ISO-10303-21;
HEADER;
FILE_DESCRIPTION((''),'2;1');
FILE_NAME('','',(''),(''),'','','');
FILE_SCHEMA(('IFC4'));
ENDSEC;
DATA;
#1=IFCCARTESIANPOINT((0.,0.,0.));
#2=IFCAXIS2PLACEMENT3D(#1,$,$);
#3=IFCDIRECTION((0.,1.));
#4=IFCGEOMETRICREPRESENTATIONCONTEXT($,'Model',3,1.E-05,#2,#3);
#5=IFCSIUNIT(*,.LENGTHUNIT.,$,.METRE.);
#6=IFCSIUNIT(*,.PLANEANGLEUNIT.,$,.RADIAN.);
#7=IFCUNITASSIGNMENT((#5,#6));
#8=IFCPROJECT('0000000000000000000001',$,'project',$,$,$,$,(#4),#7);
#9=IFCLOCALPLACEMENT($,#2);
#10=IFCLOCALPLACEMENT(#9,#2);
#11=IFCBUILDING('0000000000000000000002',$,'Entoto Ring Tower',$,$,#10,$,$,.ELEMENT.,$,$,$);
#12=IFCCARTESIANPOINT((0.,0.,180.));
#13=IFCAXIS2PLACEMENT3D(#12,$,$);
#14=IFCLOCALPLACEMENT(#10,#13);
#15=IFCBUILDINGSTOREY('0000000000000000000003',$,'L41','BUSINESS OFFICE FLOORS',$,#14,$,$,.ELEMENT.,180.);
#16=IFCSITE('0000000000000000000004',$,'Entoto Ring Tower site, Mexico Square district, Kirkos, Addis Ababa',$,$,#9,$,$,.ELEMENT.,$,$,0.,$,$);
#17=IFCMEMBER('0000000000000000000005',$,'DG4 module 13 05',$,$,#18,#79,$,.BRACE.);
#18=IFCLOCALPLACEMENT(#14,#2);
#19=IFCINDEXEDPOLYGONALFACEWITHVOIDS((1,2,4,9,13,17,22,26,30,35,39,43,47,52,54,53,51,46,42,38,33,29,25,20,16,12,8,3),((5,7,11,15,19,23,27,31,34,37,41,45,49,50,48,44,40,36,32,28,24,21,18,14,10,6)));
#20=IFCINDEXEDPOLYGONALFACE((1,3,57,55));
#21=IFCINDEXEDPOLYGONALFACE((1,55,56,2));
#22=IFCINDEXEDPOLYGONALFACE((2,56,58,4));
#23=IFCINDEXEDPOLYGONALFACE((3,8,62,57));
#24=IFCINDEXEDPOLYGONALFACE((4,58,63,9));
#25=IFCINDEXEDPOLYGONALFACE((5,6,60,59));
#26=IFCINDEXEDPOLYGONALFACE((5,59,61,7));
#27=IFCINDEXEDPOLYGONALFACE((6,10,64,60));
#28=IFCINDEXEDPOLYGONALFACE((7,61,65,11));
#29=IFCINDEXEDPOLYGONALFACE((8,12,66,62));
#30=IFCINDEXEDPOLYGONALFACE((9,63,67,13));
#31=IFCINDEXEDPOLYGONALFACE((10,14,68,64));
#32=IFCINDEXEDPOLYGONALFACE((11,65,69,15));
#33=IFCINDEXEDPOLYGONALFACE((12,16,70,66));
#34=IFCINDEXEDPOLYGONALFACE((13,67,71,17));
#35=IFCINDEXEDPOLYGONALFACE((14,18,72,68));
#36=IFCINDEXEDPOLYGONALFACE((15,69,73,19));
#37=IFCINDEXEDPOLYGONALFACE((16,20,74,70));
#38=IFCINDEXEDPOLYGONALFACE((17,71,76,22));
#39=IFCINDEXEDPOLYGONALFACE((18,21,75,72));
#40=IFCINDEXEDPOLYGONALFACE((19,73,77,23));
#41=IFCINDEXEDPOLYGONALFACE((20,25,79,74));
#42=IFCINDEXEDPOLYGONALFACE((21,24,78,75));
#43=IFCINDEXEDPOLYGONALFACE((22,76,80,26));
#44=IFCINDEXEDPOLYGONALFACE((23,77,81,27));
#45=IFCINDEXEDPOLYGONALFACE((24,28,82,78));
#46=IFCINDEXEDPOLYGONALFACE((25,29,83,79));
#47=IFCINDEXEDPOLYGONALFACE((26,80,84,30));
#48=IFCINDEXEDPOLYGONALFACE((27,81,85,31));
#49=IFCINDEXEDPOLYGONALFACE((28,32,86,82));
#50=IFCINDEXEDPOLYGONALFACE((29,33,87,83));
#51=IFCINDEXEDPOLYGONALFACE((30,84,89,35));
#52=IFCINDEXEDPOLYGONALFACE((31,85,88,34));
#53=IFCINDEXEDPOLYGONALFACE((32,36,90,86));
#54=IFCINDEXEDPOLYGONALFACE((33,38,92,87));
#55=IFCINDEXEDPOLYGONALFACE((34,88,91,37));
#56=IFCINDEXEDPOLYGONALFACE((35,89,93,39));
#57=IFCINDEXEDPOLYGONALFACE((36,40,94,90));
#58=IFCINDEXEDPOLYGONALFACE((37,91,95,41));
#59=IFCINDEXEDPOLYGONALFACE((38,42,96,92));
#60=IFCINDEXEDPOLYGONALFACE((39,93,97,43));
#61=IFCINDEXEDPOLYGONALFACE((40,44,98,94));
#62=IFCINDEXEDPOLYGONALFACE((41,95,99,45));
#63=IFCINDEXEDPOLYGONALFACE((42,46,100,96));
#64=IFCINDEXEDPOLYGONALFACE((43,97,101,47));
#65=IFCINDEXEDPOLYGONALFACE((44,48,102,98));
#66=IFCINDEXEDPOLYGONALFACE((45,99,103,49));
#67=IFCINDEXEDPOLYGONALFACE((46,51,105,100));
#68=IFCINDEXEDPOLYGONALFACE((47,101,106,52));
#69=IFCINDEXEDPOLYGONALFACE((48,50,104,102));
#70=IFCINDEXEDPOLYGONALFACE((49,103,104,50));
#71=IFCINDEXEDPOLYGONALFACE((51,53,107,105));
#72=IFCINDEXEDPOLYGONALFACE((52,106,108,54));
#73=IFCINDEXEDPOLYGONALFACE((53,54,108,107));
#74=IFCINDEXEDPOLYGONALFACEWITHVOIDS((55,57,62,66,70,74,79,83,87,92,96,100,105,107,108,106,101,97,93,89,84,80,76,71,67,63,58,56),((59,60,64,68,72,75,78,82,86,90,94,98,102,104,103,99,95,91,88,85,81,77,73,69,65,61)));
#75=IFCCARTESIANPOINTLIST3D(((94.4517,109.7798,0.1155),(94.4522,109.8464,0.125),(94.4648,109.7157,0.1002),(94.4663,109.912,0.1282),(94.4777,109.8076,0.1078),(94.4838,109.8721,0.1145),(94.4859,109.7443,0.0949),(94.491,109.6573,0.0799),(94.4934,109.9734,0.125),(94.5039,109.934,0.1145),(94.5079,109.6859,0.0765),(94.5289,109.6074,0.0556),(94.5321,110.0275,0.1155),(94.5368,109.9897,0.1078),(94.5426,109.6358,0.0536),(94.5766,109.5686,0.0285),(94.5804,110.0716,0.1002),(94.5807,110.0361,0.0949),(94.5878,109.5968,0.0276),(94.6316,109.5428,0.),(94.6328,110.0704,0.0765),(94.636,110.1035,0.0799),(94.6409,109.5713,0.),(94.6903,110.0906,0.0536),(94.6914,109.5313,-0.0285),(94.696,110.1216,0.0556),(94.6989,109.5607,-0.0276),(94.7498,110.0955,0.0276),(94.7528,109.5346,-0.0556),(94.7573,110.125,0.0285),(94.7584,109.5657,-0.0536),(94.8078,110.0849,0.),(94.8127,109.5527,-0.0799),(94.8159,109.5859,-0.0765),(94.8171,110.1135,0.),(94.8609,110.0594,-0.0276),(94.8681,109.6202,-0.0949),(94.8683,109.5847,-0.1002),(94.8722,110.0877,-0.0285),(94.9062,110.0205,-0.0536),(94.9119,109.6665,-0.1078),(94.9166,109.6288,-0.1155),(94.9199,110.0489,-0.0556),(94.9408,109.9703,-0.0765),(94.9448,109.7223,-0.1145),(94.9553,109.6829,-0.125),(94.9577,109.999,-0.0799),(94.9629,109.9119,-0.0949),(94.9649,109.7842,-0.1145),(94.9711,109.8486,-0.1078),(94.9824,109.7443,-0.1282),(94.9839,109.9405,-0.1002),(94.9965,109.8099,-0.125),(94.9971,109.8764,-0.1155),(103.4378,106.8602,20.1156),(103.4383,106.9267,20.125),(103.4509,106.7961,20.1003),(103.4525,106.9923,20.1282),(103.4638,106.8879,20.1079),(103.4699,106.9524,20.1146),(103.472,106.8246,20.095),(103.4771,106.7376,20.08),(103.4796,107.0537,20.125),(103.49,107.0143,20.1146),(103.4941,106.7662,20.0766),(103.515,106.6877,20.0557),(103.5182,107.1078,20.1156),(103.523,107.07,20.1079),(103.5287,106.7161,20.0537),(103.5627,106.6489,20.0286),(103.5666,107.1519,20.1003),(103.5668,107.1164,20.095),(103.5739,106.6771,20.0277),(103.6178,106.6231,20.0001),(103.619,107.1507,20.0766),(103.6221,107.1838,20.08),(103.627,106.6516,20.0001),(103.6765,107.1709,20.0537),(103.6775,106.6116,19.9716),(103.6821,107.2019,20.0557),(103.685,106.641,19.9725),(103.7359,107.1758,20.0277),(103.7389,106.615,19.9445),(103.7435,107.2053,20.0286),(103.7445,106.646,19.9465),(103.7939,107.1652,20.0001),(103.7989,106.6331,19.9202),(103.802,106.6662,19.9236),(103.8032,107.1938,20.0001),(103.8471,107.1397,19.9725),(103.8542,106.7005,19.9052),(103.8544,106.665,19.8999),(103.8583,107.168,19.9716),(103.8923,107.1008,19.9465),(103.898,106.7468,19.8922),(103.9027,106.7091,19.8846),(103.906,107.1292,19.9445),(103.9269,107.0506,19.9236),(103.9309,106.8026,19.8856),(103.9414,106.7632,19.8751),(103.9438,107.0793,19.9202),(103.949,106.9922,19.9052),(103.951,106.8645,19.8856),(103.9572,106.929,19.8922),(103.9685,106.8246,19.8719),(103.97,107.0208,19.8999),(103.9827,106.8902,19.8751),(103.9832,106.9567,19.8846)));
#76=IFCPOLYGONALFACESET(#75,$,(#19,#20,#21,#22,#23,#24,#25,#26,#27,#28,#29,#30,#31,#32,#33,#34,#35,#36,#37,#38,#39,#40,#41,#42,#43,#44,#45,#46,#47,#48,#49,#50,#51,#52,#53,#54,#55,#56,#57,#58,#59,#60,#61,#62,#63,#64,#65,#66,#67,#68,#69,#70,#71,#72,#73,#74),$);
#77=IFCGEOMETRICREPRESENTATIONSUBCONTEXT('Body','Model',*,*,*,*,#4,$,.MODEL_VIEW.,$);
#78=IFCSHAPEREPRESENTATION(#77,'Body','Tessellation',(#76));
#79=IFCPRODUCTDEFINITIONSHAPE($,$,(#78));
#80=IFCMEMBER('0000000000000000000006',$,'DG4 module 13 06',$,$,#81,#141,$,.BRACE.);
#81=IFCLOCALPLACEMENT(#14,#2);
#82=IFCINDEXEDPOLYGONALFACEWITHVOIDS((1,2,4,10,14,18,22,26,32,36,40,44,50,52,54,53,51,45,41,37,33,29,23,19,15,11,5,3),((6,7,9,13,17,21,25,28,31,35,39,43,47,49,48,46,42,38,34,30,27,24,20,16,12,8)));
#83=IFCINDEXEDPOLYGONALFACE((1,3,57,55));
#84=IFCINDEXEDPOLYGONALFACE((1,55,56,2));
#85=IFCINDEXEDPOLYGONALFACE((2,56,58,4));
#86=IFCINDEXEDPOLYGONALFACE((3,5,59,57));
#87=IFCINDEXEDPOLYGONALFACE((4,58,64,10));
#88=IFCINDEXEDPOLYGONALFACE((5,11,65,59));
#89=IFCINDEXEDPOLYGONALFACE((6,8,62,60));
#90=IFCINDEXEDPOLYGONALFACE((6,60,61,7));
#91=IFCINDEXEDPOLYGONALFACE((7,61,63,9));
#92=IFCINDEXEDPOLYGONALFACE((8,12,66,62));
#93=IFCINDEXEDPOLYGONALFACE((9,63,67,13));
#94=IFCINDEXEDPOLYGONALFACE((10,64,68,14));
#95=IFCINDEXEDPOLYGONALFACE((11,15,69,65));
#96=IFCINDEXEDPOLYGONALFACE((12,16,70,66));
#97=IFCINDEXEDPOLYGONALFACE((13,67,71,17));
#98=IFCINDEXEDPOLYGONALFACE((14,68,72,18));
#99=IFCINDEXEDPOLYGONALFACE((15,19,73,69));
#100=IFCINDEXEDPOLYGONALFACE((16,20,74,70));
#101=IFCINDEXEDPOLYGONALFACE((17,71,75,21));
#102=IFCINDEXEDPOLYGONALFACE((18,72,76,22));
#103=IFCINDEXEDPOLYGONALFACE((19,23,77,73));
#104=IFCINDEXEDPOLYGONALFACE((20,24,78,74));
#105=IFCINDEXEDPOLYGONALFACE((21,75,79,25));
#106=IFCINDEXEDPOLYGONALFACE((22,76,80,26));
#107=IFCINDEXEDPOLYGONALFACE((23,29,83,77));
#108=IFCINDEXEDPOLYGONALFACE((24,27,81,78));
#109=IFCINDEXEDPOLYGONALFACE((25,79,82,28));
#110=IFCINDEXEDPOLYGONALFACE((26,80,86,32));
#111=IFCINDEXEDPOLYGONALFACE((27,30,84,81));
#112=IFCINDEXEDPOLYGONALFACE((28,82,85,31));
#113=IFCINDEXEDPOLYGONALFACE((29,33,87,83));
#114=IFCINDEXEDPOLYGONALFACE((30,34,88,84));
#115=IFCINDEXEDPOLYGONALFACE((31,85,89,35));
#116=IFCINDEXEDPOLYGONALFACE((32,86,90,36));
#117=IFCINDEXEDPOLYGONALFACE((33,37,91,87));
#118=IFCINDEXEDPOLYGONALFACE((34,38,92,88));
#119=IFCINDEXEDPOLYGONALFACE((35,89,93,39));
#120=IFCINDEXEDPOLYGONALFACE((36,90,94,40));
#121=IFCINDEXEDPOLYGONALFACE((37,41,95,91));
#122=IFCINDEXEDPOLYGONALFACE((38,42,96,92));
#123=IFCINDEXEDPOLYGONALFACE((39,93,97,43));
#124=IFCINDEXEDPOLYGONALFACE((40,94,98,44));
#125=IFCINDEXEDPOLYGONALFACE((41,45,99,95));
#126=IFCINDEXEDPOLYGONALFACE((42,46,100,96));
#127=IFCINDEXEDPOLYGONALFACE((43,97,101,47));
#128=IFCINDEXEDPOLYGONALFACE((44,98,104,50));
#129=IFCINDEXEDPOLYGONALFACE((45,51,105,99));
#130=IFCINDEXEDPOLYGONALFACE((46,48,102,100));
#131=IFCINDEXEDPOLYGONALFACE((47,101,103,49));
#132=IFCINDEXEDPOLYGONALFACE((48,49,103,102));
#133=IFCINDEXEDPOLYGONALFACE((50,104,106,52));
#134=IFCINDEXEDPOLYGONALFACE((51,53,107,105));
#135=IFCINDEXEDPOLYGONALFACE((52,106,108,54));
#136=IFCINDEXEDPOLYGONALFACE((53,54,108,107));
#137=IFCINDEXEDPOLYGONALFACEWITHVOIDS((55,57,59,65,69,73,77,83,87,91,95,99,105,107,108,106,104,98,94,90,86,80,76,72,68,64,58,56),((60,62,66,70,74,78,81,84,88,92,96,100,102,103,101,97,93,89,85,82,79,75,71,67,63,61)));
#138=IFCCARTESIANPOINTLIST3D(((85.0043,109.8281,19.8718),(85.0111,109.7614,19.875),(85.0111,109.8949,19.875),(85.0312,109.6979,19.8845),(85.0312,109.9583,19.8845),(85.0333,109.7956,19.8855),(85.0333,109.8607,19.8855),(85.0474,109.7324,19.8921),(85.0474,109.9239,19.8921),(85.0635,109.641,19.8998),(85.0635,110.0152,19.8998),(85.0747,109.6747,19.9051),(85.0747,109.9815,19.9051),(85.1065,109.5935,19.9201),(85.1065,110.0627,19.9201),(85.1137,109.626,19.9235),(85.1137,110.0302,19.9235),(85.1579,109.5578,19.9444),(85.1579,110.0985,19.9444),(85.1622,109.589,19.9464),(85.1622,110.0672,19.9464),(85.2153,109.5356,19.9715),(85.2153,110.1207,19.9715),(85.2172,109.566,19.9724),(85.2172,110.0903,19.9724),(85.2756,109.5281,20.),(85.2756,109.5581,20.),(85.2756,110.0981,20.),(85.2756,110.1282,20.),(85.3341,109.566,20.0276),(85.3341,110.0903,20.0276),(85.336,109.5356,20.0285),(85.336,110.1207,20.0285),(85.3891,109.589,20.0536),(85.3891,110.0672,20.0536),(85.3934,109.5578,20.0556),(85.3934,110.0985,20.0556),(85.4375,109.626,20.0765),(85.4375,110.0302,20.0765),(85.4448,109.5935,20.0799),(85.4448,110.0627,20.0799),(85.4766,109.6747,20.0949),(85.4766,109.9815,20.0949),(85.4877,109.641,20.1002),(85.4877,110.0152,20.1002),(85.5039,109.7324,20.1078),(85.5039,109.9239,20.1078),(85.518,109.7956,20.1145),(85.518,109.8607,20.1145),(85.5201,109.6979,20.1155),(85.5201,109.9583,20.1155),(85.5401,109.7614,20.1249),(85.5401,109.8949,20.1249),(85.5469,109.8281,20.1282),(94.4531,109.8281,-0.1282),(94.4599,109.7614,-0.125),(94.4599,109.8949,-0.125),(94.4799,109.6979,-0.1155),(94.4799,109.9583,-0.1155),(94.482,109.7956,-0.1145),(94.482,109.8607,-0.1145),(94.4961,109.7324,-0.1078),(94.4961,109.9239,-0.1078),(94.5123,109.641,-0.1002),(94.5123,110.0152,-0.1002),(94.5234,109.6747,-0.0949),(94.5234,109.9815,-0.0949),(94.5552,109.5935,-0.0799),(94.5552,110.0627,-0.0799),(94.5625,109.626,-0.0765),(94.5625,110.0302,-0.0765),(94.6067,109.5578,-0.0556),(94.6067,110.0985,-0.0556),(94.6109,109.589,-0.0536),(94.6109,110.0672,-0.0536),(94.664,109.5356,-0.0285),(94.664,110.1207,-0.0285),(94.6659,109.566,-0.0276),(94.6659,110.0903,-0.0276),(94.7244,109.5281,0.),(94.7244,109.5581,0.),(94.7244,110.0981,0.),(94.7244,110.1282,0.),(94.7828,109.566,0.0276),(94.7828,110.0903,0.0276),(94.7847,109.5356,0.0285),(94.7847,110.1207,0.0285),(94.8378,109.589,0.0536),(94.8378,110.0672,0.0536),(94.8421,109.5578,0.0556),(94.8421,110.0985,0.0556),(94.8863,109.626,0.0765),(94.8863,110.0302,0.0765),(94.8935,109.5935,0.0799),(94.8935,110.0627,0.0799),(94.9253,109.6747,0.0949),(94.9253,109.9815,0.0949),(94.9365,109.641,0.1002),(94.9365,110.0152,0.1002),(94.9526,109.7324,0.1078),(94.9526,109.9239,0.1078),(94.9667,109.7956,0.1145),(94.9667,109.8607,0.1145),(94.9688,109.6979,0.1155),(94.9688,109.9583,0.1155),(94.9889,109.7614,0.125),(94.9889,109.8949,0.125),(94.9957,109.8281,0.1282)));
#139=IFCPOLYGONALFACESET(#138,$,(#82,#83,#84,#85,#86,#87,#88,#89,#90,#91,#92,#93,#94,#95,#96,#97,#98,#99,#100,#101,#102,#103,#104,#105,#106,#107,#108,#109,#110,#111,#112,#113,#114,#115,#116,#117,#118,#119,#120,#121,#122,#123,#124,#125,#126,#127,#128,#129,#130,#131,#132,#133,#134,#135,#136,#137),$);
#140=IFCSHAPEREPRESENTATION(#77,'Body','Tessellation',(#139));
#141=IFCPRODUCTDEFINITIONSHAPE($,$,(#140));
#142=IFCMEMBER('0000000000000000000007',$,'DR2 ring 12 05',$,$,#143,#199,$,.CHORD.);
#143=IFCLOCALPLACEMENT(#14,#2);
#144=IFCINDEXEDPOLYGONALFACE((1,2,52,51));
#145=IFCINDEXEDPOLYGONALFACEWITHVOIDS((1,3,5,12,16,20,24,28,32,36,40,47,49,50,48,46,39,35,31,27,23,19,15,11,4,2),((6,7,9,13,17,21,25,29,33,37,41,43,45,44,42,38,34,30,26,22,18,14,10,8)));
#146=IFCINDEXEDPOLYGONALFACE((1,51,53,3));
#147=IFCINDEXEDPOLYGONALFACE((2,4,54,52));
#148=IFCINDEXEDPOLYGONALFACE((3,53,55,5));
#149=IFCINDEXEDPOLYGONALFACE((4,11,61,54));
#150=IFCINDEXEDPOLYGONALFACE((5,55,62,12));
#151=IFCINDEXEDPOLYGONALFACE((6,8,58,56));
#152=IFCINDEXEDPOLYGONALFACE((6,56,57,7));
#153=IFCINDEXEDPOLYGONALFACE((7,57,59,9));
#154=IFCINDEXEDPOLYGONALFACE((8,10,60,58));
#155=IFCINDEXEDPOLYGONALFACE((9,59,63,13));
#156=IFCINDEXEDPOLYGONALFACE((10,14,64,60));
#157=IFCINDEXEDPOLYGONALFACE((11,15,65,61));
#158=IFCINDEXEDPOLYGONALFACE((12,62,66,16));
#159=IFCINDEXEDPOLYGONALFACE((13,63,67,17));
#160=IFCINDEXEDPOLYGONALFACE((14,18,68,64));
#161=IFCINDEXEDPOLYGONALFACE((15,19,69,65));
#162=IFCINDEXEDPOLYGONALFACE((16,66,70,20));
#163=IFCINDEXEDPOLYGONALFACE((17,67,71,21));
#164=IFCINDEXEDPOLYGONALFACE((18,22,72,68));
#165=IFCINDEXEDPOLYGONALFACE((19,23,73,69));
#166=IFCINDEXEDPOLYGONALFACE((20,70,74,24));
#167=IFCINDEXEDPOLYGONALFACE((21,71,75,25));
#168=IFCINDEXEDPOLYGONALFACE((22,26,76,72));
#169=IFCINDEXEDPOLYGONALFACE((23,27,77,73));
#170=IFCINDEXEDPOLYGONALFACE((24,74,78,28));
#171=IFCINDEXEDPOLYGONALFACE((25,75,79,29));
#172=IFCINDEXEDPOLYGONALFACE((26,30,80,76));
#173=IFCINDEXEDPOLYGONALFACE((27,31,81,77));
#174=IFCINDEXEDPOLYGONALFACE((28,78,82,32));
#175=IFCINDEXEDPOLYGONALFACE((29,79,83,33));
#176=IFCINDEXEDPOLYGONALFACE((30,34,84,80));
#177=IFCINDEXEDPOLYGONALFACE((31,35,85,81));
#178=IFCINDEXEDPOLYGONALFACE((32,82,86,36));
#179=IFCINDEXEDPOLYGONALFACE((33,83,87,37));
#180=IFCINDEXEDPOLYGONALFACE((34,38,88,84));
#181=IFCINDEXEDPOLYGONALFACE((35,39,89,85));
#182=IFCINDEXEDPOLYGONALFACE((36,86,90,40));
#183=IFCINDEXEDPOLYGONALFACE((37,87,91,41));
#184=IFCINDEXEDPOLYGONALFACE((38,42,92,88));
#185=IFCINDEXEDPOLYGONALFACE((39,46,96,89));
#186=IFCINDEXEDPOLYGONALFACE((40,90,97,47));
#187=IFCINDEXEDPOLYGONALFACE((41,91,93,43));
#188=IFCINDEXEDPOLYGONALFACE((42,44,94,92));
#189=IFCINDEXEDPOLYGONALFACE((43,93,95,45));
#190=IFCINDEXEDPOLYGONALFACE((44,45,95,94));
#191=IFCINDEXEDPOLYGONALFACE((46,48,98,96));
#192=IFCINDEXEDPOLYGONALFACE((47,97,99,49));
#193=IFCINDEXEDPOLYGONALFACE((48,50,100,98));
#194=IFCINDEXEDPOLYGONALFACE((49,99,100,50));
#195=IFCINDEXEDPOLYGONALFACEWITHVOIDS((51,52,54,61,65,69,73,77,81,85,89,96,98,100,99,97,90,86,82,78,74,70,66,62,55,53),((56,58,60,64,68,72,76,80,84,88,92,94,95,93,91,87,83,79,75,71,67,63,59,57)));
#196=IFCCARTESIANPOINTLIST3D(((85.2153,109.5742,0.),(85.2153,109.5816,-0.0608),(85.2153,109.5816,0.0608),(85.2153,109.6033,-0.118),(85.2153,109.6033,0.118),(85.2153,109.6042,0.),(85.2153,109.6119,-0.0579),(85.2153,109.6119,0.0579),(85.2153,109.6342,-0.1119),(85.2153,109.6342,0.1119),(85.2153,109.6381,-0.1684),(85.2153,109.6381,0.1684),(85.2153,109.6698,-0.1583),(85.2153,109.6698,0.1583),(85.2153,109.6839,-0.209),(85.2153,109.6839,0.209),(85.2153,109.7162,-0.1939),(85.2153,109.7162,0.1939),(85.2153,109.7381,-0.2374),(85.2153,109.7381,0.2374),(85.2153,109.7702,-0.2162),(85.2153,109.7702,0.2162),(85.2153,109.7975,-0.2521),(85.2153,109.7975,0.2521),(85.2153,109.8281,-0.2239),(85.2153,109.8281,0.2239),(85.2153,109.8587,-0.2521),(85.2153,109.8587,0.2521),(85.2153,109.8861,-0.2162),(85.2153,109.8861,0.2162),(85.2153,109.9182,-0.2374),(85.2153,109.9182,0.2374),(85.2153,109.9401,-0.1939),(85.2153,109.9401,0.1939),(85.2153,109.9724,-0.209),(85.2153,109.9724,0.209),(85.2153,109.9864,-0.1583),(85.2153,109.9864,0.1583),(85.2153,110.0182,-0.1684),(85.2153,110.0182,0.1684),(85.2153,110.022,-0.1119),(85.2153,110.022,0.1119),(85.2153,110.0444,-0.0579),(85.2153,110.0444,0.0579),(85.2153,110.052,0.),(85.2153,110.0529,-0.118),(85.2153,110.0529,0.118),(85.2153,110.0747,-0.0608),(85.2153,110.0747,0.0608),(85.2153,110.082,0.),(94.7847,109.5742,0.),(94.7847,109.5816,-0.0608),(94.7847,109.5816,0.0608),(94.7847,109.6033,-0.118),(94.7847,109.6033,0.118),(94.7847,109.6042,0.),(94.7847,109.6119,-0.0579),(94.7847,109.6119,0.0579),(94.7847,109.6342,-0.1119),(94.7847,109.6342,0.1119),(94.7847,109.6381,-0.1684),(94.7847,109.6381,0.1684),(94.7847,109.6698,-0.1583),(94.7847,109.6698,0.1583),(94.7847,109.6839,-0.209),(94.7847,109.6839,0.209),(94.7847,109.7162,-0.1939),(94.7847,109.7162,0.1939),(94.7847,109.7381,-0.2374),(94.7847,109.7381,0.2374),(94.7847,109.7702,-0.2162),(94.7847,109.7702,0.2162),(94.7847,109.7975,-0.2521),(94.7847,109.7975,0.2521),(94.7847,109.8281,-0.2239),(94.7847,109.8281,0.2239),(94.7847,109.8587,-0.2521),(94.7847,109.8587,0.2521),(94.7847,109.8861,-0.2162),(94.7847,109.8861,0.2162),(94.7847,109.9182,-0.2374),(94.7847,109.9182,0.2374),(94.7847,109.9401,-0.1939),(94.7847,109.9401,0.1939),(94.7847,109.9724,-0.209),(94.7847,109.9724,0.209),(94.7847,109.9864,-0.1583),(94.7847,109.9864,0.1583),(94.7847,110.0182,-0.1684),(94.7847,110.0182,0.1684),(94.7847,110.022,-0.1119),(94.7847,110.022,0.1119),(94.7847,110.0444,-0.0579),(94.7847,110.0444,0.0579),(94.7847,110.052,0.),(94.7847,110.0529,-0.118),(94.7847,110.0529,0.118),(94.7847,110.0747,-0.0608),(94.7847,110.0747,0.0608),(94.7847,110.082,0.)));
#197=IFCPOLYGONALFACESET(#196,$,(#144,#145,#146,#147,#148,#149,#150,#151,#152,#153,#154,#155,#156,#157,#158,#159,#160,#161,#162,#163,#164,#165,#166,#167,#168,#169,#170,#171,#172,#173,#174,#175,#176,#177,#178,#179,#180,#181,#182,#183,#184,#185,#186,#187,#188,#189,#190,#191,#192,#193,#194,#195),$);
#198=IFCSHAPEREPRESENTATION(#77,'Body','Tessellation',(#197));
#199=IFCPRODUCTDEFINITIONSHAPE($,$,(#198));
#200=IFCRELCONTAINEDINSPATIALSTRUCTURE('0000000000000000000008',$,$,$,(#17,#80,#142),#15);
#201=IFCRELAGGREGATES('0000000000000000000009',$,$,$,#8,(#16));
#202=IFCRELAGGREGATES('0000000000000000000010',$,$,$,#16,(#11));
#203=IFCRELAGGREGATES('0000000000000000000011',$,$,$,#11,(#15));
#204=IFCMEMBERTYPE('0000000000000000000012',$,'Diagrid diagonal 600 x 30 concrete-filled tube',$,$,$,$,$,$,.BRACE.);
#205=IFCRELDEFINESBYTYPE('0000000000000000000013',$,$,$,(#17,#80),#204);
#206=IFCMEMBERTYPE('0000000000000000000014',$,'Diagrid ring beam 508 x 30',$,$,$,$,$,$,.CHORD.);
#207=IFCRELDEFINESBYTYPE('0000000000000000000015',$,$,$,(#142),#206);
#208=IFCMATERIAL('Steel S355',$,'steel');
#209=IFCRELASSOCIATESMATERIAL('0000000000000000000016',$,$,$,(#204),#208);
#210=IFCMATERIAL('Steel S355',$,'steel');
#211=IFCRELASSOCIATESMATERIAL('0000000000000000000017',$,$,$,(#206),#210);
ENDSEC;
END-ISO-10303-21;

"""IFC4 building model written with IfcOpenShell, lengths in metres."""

from ifc_helpers import new_model, si_unit, direction, frame, origin, origin_2d, place, context, subcontext, project, spatial, circle, hollow_circle, extrude, material, material_profile, profile_set, type_object, element, save


model = new_model("IFC4")

# Units and contexts
model_context = context("Model", 3, precision=1e-05, world=origin(), true_north=direction((0.0, 1.0)))
body_context = subcontext(model_context, "Body", "Model", "MODEL_VIEW")
ifc_project = project(units=[si_unit("LENGTHUNIT", "METRE"), si_unit("PLANEANGLEUNIT", "RADIAN")], contexts=[model_context])

# Site, building, storey
site_placement = place(None, origin())
site = spatial("IfcSite", under=ifc_project, at=site_placement, Name="Entoto Ring Tower site, Mexico Square district, Kirkos, Addis Ababa", CompositionType="ELEMENT", RefElevation=0.0)
building_placement = place(site_placement, origin())
building = spatial("IfcBuilding", under=site, at=building_placement, Name="Entoto Ring Tower", CompositionType="ELEMENT")
storey_placement = place(building_placement, frame((0.0, 0.0, 180.0)))
storey = spatial("IfcBuildingStorey", under=building, at=storey_placement, Name="L41", Description="BUSINESS OFFICE FLOORS", CompositionType="ELEMENT", Elevation=180.0)

# Members
ifc_material_1 = material(Name="Steel S355", Category="steel")
ifc_material_profile_1 = material_profile(ifc_material_1, hollow_circle(Radius=0.3, WallThickness=0.03, at=origin_2d()), Name="CHS 600 x 30")
ifc_material_2 = material(Name="Concrete C60/75", Category="concrete")
ifc_material_profile_2 = material_profile(ifc_material_2, circle(Radius=0.27, at=origin_2d()), Name="Concrete C60/75 infill")
ifc_profile_set_1 = profile_set([ifc_material_profile_1, ifc_material_profile_2], Name="Steel S355")
member_type_1 = type_object("IfcMemberType", Name="Diagrid diagonal 600 x 30 concrete-filled tube", PredefinedType="BRACE", material=ifc_profile_set_1)
for number, where, z_axis, x_axis, name in (
    (1, (94.7244, 109.8281, 0.0), (0.406251, -0.131995, 0.904178), (0.30901, 0.951059, 0.0), "DG4 module 13 05"),
    (2, (94.7244, 109.8281, 0.0), (-0.427165, 0.0, 0.904174), (0.0, -1.0, 0.0), "DG4 module 13 06"),
):
    element("IfcMember", number, at=place(storey_placement, frame(where, z_axis=z_axis, x_axis=x_axis)), inside=storey, type_object=member_type_1, Name=name, PredefinedType="BRACE", context=body_context, shape_type="SweptSolid", body=[
        extrude(hollow_circle(Radius=0.3, WallThickness=0.03, at=origin_2d()), origin(), (0.0, 0.0, 1.0), 22.1196),
    ])
ifc_material_3 = material(Name="Steel S355", Category="steel")
ifc_material_profile_3 = material_profile(ifc_material_3, hollow_circle(Radius=0.2539, WallThickness=0.03, at=origin_2d()), Name="CHS 508 x 30")
ifc_material_4 = material(Name="Concrete C60/75", Category="concrete")
ifc_material_profile_4 = material_profile(ifc_material_4, circle(Radius=0.2241, at=origin_2d()), Name="Concrete C60/75 infill")
ifc_profile_set_2 = profile_set([ifc_material_profile_3, ifc_material_profile_4], Name="Steel S355")
member_type_2 = type_object("IfcMemberType", Name="Diagrid ring beam 508 x 30", PredefinedType="CHORD", material=ifc_profile_set_2)
member_1_placement = place(storey_placement, frame((94.7847, 109.8281, 0.0), z_axis=(-1.0, 0.0, 0.0), x_axis=(0.0, -1.0, 0.0)))
element("IfcMember", 3, at=member_1_placement, inside=storey, type_object=member_type_2, Name="DR2 ring 12 05", PredefinedType="CHORD", context=body_context, shape_type="SweptSolid", body=[
    extrude(hollow_circle(Radius=0.2539, WallThickness=0.03, at=origin_2d()), origin(), (0.0, 0.0, 1.0), 9.5693),
])

save(model, "model.ifc")
